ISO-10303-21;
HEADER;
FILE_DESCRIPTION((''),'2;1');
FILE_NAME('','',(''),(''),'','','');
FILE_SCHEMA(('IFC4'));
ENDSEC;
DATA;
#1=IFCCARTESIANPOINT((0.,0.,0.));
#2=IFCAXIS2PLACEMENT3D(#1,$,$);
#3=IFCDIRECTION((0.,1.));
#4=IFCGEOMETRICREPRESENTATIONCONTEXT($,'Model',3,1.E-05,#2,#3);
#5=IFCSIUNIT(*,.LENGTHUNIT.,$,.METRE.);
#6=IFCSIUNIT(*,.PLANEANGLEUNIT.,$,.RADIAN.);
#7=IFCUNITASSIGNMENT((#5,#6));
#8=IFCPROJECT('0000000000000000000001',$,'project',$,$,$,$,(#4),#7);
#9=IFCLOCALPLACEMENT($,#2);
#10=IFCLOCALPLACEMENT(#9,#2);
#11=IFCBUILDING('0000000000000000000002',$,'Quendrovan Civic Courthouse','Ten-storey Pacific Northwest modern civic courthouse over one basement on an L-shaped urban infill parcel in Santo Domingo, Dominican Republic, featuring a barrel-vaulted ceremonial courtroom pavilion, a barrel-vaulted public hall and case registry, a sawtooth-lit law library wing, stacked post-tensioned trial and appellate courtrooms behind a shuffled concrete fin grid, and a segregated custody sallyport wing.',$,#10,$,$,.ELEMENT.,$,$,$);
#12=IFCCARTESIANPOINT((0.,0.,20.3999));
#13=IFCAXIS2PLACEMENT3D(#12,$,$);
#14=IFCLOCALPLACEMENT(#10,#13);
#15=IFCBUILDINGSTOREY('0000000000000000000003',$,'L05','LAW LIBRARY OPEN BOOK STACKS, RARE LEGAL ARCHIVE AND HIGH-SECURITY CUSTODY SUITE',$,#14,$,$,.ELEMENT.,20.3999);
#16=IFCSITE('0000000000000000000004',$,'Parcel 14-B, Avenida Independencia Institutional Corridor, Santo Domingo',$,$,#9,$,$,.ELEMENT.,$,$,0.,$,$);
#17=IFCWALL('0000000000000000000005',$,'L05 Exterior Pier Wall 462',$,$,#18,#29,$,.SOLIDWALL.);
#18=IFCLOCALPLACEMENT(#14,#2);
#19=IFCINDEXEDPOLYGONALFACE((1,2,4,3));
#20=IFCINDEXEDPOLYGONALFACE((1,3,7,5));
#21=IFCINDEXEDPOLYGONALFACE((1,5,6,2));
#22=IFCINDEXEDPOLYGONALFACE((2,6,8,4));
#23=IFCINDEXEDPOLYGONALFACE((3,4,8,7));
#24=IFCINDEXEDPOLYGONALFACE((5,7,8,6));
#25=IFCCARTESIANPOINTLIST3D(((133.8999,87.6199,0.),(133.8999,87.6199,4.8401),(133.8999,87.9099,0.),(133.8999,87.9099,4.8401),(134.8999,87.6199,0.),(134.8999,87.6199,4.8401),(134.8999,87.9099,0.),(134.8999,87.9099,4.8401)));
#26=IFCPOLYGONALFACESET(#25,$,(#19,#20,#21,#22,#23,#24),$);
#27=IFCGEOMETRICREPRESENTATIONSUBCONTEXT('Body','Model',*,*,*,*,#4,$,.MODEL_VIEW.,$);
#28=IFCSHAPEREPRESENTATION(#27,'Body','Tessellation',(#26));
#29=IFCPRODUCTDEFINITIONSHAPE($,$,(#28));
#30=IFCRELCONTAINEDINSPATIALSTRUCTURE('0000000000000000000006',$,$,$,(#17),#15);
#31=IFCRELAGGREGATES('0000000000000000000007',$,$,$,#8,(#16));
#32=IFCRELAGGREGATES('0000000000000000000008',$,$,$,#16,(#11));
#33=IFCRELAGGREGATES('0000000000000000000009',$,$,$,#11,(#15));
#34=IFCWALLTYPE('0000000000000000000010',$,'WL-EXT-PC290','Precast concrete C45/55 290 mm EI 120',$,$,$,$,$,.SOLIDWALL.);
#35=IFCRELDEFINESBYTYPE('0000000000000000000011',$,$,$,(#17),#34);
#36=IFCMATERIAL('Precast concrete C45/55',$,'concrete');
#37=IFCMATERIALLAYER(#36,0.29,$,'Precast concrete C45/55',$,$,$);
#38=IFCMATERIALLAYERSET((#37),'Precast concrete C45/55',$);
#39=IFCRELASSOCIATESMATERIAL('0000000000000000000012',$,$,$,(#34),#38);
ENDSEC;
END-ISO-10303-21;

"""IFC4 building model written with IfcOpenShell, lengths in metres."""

from ifc_helpers import new_model, si_unit, direction, frame, frame_2d, origin, place, context, subcontext, project, spatial, rectangle, extrude, material, layer, layer_set, type_object, element, save


model = new_model("IFC4")

# Units and contexts
model_context = context("Model", 3, precision=1e-05, world=origin(), true_north=direction((0.0, 1.0)))
body_context = subcontext(model_context, "Body", "Model", "MODEL_VIEW")
ifc_project = project(units=[si_unit("LENGTHUNIT", "METRE"), si_unit("PLANEANGLEUNIT", "RADIAN")], contexts=[model_context])

# Site, building, storey
site_placement = place(None, origin())
site = spatial("IfcSite", under=ifc_project, at=site_placement, Name="Parcel 14-B, Avenida Independencia Institutional Corridor, Santo Domingo", CompositionType="ELEMENT", RefElevation=0.0)
building_placement = place(site_placement, origin())
building = spatial("IfcBuilding", under=site, at=building_placement, Name="Quendrovan Civic Courthouse", Description="Ten-storey Pacific Northwest modern civic courthouse over one basement on an L-shaped urban infill parcel in Santo Domingo, Dominican Republic, featuring a barrel-vaulted ceremonial courtroom pavilion, a barrel-vaulted public hall and case registry, a sawtooth-lit law library wing, stacked post-tensioned trial and appellate courtrooms behind a shuffled concrete fin grid, and a segregated custody sallyport wing.", CompositionType="ELEMENT")
storey_placement = place(building_placement, frame((0.0, 0.0, 20.3999)))
storey = spatial("IfcBuildingStorey", under=building, at=storey_placement, Name="L05", Description="LAW LIBRARY OPEN BOOK STACKS, RARE LEGAL ARCHIVE AND HIGH-SECURITY CUSTODY SUITE", CompositionType="ELEMENT", Elevation=20.3999)

# Wall
ifc_material_1 = material(Name="Precast concrete C45/55", Category="concrete")
ifc_layer_1 = layer(ifc_material_1, 0.29, Name="Precast concrete C45/55")
ifc_layer_set_1 = layer_set([ifc_layer_1], Name="Precast concrete C45/55")
wall_type = type_object("IfcWallType", Name="WL-EXT-PC290", Description="Precast concrete C45/55 290 mm EI 120", PredefinedType="SOLIDWALL", material=ifc_layer_set_1)
wall_placement = place(storey_placement, frame((134.8999, 87.7649, 0.0), z_axis=(0.0, 0.0, 1.0), x_axis=(-1.0, 0.0, 0.0)))
element("IfcWall", 1, at=wall_placement, inside=storey, type_object=wall_type, Name="L05 Exterior Pier Wall 462", PredefinedType="SOLIDWALL", context=body_context, shape_type="SweptSolid", body=[
    extrude(rectangle(XDim=1.0, YDim=0.29, at=frame_2d((0.5, 0.0))), origin(), (0.0, 0.0, 1.0), 4.8401),
])

save(model, "model.ifc")
